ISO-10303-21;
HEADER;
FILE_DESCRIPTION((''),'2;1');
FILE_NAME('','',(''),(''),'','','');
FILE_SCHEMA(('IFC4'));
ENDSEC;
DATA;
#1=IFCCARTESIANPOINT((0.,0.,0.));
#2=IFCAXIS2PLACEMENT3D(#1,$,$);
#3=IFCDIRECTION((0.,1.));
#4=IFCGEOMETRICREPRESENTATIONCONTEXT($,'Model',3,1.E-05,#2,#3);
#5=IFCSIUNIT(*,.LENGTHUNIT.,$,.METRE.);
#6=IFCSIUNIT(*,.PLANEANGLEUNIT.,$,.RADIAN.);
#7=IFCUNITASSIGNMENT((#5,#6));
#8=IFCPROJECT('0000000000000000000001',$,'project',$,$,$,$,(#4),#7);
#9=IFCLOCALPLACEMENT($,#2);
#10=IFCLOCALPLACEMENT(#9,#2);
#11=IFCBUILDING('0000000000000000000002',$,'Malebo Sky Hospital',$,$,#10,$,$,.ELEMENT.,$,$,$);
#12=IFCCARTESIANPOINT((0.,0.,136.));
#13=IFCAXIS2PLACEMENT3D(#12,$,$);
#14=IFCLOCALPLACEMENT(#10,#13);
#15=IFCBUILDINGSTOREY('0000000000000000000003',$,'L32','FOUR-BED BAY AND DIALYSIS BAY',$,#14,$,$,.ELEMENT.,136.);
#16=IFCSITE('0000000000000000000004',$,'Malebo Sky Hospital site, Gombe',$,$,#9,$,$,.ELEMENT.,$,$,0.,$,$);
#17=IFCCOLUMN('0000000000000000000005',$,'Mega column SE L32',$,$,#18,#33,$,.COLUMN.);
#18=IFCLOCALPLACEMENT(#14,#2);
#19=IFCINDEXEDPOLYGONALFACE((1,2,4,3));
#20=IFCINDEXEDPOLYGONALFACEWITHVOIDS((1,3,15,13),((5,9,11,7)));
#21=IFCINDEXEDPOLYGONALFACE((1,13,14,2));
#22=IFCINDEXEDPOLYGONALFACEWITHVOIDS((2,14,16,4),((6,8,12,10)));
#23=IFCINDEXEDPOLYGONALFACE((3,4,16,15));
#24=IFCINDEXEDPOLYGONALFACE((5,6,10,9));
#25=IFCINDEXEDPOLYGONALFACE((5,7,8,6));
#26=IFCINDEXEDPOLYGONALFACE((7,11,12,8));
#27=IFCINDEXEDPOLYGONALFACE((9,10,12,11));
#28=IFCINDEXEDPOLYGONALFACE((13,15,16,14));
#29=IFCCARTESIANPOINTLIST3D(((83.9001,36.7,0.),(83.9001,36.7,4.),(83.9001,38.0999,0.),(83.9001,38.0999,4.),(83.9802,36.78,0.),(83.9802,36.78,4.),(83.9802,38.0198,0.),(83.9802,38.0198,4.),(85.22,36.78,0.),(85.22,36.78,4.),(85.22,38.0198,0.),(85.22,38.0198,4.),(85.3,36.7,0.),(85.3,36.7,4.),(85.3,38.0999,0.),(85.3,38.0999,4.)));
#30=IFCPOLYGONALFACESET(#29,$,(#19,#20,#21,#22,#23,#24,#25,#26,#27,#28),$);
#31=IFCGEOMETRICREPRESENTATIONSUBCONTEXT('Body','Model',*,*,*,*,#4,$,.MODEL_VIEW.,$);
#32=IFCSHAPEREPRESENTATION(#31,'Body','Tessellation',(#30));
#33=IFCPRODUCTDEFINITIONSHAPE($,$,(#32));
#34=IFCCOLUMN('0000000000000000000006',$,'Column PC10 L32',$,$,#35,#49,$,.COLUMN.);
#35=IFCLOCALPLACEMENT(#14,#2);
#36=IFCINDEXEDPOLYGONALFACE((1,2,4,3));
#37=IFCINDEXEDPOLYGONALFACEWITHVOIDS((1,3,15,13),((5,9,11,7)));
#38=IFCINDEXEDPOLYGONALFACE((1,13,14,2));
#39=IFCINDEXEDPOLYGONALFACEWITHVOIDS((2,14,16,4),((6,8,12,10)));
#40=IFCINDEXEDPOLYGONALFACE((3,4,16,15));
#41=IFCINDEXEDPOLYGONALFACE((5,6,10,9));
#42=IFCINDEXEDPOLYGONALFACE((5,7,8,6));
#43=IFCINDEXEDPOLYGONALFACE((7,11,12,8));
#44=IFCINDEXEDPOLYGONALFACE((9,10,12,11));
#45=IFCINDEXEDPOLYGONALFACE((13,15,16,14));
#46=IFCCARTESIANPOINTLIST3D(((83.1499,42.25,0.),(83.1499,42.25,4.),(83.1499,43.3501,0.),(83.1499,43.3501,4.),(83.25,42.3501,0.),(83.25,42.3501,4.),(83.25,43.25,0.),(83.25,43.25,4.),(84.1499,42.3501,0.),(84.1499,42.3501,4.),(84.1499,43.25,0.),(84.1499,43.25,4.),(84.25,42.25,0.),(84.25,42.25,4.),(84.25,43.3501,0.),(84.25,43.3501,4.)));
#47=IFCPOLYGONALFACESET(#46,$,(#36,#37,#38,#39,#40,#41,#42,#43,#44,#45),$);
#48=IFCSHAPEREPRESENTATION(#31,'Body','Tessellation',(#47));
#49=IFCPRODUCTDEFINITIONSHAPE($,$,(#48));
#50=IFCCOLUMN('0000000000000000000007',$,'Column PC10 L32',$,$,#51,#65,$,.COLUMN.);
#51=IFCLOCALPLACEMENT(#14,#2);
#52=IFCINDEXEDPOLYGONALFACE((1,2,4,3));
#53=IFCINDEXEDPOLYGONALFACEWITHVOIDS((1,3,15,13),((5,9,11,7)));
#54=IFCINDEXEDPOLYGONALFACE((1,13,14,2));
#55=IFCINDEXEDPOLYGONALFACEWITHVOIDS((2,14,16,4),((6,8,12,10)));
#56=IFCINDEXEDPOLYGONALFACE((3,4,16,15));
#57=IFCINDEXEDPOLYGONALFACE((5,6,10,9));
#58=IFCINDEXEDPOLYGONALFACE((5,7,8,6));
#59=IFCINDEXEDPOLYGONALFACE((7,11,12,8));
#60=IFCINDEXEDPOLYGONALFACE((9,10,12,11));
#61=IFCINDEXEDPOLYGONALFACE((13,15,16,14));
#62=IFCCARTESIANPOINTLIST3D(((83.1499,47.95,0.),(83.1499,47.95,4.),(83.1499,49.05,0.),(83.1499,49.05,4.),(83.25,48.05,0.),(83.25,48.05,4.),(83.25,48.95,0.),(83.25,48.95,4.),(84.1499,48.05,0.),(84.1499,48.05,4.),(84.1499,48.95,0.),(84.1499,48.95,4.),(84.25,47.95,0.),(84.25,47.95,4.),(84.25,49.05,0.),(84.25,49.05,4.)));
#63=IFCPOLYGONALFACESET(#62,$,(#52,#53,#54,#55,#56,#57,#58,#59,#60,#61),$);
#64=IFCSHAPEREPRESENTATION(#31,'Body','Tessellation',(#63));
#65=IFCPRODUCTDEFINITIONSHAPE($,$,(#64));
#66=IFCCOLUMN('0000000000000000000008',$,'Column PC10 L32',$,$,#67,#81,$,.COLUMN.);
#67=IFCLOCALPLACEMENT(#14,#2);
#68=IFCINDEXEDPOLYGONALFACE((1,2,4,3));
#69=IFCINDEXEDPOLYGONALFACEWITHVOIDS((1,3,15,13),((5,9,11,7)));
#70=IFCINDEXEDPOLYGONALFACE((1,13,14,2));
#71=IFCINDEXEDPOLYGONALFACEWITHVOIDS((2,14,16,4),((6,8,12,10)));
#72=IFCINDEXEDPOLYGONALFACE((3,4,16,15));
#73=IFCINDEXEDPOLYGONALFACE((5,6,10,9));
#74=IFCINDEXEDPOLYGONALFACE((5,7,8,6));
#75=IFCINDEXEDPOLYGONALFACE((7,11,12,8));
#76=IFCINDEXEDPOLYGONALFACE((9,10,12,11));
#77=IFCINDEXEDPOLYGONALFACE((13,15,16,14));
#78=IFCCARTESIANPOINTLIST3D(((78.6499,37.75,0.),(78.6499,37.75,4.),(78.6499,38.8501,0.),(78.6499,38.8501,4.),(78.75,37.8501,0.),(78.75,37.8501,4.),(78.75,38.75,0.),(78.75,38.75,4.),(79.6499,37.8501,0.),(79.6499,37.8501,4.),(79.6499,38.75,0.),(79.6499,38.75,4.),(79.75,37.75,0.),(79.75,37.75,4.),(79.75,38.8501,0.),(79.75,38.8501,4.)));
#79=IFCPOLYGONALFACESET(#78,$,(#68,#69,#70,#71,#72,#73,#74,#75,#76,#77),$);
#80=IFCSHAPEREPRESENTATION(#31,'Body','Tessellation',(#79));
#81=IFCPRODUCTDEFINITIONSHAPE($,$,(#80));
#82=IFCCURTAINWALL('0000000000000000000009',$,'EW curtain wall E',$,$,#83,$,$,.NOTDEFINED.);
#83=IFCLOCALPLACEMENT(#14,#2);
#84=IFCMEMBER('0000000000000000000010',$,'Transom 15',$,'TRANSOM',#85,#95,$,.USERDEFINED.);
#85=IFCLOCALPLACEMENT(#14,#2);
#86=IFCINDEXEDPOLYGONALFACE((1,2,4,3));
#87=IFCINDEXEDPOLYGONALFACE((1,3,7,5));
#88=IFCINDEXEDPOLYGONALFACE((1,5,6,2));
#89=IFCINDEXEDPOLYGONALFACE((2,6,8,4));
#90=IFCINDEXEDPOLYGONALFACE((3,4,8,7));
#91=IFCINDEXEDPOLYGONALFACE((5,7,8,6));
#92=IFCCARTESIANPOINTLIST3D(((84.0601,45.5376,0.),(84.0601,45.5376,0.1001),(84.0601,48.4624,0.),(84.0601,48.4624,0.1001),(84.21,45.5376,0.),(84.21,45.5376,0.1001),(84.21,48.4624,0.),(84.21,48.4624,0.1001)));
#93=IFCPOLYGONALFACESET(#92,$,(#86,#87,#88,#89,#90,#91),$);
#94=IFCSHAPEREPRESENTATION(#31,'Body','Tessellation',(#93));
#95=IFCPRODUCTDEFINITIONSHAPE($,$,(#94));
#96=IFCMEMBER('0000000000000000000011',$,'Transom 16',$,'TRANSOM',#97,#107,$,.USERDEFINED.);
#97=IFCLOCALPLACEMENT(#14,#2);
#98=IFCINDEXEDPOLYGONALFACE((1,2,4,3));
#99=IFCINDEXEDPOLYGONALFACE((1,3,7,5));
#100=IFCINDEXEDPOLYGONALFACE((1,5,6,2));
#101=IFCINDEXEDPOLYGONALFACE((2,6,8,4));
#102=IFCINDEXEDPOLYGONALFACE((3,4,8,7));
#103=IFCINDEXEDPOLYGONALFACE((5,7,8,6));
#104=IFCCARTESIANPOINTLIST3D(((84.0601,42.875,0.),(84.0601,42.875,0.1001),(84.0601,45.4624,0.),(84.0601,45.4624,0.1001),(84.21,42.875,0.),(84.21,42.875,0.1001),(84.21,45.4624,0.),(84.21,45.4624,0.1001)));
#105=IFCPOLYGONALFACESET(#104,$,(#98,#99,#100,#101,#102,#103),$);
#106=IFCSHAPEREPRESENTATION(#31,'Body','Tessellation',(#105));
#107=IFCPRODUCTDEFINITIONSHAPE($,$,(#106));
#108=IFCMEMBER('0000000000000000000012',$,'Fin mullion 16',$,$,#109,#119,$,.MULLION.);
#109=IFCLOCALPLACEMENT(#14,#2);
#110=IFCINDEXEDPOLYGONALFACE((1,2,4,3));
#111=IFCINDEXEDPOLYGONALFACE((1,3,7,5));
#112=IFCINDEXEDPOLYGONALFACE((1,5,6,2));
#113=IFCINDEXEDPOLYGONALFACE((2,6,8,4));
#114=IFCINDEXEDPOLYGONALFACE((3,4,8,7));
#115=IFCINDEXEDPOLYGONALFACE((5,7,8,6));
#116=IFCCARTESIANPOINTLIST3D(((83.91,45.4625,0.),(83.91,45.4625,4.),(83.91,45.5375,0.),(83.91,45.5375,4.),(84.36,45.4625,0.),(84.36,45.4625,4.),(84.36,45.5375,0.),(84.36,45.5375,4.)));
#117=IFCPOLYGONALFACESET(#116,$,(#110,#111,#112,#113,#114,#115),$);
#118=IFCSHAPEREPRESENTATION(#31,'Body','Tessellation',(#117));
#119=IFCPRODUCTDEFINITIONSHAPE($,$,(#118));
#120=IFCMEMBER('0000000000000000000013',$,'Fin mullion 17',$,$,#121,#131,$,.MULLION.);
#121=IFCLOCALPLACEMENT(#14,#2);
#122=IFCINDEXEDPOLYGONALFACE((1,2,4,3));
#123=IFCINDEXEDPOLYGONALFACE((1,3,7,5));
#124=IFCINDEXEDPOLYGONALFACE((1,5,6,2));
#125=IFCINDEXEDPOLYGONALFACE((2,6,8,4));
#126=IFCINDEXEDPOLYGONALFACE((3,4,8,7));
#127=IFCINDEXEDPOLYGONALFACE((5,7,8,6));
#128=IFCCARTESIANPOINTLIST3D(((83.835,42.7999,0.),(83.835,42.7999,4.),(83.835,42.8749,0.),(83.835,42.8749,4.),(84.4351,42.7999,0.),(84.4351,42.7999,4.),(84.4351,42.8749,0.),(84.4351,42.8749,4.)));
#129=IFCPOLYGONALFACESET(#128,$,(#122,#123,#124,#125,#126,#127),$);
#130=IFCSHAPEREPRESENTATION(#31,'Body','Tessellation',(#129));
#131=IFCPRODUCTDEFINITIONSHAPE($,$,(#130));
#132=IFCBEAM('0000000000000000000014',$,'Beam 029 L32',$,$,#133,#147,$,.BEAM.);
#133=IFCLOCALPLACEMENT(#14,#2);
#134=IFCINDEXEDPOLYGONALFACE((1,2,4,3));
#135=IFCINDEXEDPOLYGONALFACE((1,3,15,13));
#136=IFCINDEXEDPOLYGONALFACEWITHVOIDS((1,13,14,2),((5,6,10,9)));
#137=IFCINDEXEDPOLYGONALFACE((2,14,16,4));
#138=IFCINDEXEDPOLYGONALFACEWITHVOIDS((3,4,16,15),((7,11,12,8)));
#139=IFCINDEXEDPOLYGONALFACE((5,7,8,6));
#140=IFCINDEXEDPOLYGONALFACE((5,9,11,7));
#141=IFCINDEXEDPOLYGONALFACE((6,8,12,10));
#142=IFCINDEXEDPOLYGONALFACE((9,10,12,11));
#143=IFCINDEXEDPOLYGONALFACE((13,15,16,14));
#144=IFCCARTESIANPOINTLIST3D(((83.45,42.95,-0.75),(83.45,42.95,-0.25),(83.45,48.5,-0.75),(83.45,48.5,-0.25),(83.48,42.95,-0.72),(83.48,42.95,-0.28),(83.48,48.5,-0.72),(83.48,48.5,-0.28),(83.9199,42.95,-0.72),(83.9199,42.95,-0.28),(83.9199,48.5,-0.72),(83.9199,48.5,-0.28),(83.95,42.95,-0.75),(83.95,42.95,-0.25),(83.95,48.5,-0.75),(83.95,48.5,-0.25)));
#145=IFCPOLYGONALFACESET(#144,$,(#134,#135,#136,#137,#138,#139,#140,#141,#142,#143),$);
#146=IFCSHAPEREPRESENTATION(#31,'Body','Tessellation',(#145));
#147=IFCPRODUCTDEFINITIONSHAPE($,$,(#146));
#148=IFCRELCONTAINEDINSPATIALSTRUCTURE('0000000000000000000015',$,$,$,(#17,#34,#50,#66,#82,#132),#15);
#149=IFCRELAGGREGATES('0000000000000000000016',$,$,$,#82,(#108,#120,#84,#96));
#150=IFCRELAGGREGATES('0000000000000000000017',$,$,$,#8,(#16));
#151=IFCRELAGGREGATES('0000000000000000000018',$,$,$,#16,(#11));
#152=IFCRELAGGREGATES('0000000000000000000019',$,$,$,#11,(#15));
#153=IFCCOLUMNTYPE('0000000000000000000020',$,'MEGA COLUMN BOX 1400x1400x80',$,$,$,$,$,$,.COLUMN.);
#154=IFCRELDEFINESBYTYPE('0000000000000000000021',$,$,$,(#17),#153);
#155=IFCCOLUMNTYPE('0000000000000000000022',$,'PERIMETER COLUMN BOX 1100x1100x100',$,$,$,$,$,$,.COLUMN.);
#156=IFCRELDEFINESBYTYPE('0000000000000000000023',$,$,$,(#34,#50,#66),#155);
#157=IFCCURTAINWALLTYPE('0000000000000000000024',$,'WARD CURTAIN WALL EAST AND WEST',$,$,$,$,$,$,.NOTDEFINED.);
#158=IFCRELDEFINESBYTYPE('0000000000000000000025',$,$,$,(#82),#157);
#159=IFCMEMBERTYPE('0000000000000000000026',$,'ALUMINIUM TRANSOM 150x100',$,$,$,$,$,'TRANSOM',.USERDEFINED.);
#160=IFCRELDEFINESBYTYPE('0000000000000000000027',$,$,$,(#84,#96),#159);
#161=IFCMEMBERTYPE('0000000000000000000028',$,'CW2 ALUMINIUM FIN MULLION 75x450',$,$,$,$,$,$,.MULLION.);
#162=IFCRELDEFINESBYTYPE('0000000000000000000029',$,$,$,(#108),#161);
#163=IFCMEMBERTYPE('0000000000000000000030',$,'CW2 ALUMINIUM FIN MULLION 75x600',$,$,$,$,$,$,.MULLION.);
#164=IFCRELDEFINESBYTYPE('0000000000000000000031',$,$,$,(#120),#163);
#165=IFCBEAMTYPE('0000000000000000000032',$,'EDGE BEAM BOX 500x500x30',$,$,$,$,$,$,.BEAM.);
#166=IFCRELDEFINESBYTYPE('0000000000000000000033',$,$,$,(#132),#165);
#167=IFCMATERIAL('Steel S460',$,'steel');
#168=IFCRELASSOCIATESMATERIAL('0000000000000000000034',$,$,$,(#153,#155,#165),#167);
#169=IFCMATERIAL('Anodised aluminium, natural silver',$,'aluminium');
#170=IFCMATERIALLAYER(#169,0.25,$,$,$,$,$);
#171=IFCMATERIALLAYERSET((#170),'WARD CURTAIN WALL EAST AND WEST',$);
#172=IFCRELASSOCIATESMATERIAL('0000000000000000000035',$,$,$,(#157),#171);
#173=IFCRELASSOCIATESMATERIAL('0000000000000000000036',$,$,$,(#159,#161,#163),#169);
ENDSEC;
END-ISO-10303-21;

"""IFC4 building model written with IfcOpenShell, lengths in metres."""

from ifc_helpers import new_model, si_unit, direction, frame, origin, origin_2d, place, context, subcontext, project, spatial, rectangle, hollow_rectangle, extrude, material, layer, layer_set, material_profile, profile_set, type_object, element, aggregate, save


model = new_model("IFC4")

# Units and contexts
model_context = context("Model", 3, precision=1e-05, world=origin(), true_north=direction((0.0, 1.0)))
body_context = subcontext(model_context, "Body", "Model", "MODEL_VIEW")
ifc_project = project(units=[si_unit("LENGTHUNIT", "METRE"), si_unit("PLANEANGLEUNIT", "RADIAN")], contexts=[model_context])

# Site, building, storey
site_placement = place(None, origin())
site = spatial("IfcSite", under=ifc_project, at=site_placement, Name="Malebo Sky Hospital site, Gombe", CompositionType="ELEMENT", RefElevation=0.0)
building_placement = place(site_placement, origin())
building = spatial("IfcBuilding", under=site, at=building_placement, Name="Malebo Sky Hospital", CompositionType="ELEMENT")
storey_placement = place(building_placement, frame((0.0, 0.0, 136.0)))
storey = spatial("IfcBuildingStorey", under=building, at=storey_placement, Name="L32", Description="FOUR-BED BAY AND DIALYSIS BAY", CompositionType="ELEMENT", Elevation=136.0)

# Columns
ifc_material_1 = material(Name="Steel S460", Category="steel")
ifc_material_profile_1 = material_profile(ifc_material_1, hollow_rectangle(XDim=1.3999, YDim=1.3999, WallThickness=0.0801, at=origin_2d()), Name="BOX 1400x1400x80")
ifc_profile_set_1 = profile_set([ifc_material_profile_1], Name="Steel S460")
column_type_1 = type_object("IfcColumnType", Name="MEGA COLUMN BOX 1400x1400x80", PredefinedType="COLUMN", material=ifc_profile_set_1)
column_placement = place(storey_placement, frame((84.6001, 37.3999, 0.0), z_axis=(0.0, 0.0, 1.0), x_axis=(1.0, 0.0, 0.0)))
element("IfcColumn", 1, at=column_placement, inside=storey, type_object=column_type_1, Name="Mega column SE L32", PredefinedType="COLUMN", context=body_context, shape_type="SweptSolid", body=[
    extrude(hollow_rectangle(XDim=1.3999, YDim=1.3999, WallThickness=0.0801, at=origin_2d()), origin(), (0.0, 0.0, 1.0), 4.0),
])
ifc_material_profile_2 = material_profile(ifc_material_1, hollow_rectangle(XDim=1.1001, YDim=1.1001, WallThickness=0.1001, at=origin_2d()), Name="BOX 1100x1100x100")
ifc_profile_set_2 = profile_set([ifc_material_profile_2], Name="Steel S460")
column_type_2 = type_object("IfcColumnType", Name="PERIMETER COLUMN BOX 1100x1100x100", PredefinedType="COLUMN", material=ifc_profile_set_2)
for number, where, z_axis, x_axis, name in (
    (2, (83.7, 42.8, 0.0), (0.0, 0.0, 1.0), (1.0, 0.0, 0.0), "Column PC10 L32"),
    (3, (83.7, 48.5, 0.0), (0.0, 0.0, 1.0), (1.0, 0.0, 0.0), "Column PC10 L32"),
    (4, (79.2, 38.3, 0.0), (0.0, 0.0, 1.0), (1.0, 0.0, 0.0), "Column PC10 L32"),
):
    element("IfcColumn", number, at=place(storey_placement, frame(where, z_axis=z_axis, x_axis=x_axis)), inside=storey, type_object=column_type_2, Name=name, PredefinedType="COLUMN", context=body_context, shape_type="SweptSolid", body=[
        extrude(hollow_rectangle(XDim=1.1001, YDim=1.1001, WallThickness=0.1001, at=origin_2d()), origin(), (0.0, 0.0, 1.0), 4.0),
    ])

# Curtain wall, members
ifc_material_2 = material(Name="Anodised aluminium, natural silver", Category="aluminium")
ifc_layer_1 = layer(ifc_material_2, 0.25)
ifc_layer_set_1 = layer_set([ifc_layer_1], Name="WARD CURTAIN WALL EAST AND WEST")
curtain_wall_type = type_object("IfcCurtainWallType", Name="WARD CURTAIN WALL EAST AND WEST", PredefinedType="NOTDEFINED", material=ifc_layer_set_1)
curtain_wall_placement = place(storey_placement, origin())
curtain_wall = element("IfcCurtainWall", 5, at=curtain_wall_placement, inside=storey, type_object=curtain_wall_type, Name="EW curtain wall E", PredefinedType="NOTDEFINED")
ifc_material_profile_3 = material_profile(ifc_material_2, rectangle(XDim=0.1499, YDim=0.1001, at=origin_2d()), Name="ALUMINIUM TRANSOM 150x100")
ifc_profile_set_3 = profile_set([ifc_material_profile_3], Name="Anodised aluminium, natural silver")
member_type_1 = type_object("IfcMemberType", Name="ALUMINIUM TRANSOM 150x100", ElementType="TRANSOM", PredefinedType="USERDEFINED", material=ifc_profile_set_3)
member_1_placement = place(storey_placement, frame((84.135, 48.4624, 0.05), z_axis=(0.0, -1.0, 0.0), x_axis=(1.0, 0.0, 0.0)))
member_1 = element("IfcMember", 6, at=member_1_placement, type_object=member_type_1, Name="Transom 15", ObjectType="TRANSOM", PredefinedType="USERDEFINED", context=body_context, shape_type="SweptSolid", body=[
    extrude(rectangle(XDim=0.1499, YDim=0.1001, at=origin_2d()), origin(), (0.0, 0.0, 1.0), 2.9248),
])
member_2_placement = place(storey_placement, frame((84.135, 45.4624, 0.05), z_axis=(0.0, -1.0, 0.0), x_axis=(1.0, 0.0, 0.0)))
member_2 = element("IfcMember", 7, at=member_2_placement, type_object=member_type_1, Name="Transom 16", ObjectType="TRANSOM", PredefinedType="USERDEFINED", context=body_context, shape_type="SweptSolid", body=[
    extrude(rectangle(XDim=0.1499, YDim=0.1001, at=origin_2d()), origin(), (0.0, 0.0, 1.0), 2.5874),
])
ifc_material_profile_4 = material_profile(ifc_material_2, rectangle(XDim=0.075, YDim=0.45, at=origin_2d()), Name="CW2 ALUMINIUM FIN MULLION 75x450")
ifc_profile_set_4 = profile_set([ifc_material_profile_4], Name="Anodised aluminium, natural silver")
member_type_2 = type_object("IfcMemberType", Name="CW2 ALUMINIUM FIN MULLION 75x450", PredefinedType="MULLION", material=ifc_profile_set_4)
member_3_placement = place(storey_placement, frame((84.135, 45.5, 0.0), z_axis=(0.0, 0.0, 1.0), x_axis=(0.0, -1.0, 0.0)))
member_3 = element("IfcMember", 8, at=member_3_placement, type_object=member_type_2, Name="Fin mullion 16", PredefinedType="MULLION", context=body_context, shape_type="SweptSolid", body=[
    extrude(rectangle(XDim=0.075, YDim=0.45, at=origin_2d()), origin(), (0.0, 0.0, 1.0), 4.0),
])
ifc_material_profile_5 = material_profile(ifc_material_2, rectangle(XDim=0.075, YDim=0.6001, at=origin_2d()), Name="CW2 ALUMINIUM FIN MULLION 75x600")
ifc_profile_set_5 = profile_set([ifc_material_profile_5], Name="Anodised aluminium, natural silver")
member_type_3 = type_object("IfcMemberType", Name="CW2 ALUMINIUM FIN MULLION 75x600", PredefinedType="MULLION", material=ifc_profile_set_5)
member_4_placement = place(storey_placement, frame((84.135, 42.8374, 0.0), z_axis=(0.0, 0.0, 1.0), x_axis=(0.0, -1.0, 0.0)))
member_4 = element("IfcMember", 9, at=member_4_placement, type_object=member_type_3, Name="Fin mullion 17", PredefinedType="MULLION", context=body_context, shape_type="SweptSolid", body=[
    extrude(rectangle(XDim=0.075, YDim=0.6001, at=origin_2d()), origin(), (0.0, 0.0, 1.0), 4.0),
])

# Beam
ifc_material_profile_6 = material_profile(ifc_material_1, hollow_rectangle(XDim=0.5, YDim=0.5, WallThickness=0.03, at=origin_2d()), Name="BOX 500x500x30")
ifc_profile_set_6 = profile_set([ifc_material_profile_6], Name="Steel S460")
beam_type_1 = type_object("IfcBeamType", Name="EDGE BEAM BOX 500x500x30", PredefinedType="BEAM", material=ifc_profile_set_6)
beam_1_placement = place(storey_placement, frame((83.7, 42.95, -0.5), z_axis=(0.0, 1.0, 0.0), x_axis=(-1.0, 0.0, 0.0)))
element("IfcBeam", 10, at=beam_1_placement, inside=storey, type_object=beam_type_1, Name="Beam 029 L32", PredefinedType="BEAM", context=body_context, shape_type="SweptSolid", body=[
    extrude(hollow_rectangle(XDim=0.5, YDim=0.5, WallThickness=0.03, at=origin_2d()), origin(), (0.0, 0.0, 1.0), 5.55),
])

aggregate(curtain_wall, [member_3, member_4, member_1, member_2])

save(model, "model.ifc")
